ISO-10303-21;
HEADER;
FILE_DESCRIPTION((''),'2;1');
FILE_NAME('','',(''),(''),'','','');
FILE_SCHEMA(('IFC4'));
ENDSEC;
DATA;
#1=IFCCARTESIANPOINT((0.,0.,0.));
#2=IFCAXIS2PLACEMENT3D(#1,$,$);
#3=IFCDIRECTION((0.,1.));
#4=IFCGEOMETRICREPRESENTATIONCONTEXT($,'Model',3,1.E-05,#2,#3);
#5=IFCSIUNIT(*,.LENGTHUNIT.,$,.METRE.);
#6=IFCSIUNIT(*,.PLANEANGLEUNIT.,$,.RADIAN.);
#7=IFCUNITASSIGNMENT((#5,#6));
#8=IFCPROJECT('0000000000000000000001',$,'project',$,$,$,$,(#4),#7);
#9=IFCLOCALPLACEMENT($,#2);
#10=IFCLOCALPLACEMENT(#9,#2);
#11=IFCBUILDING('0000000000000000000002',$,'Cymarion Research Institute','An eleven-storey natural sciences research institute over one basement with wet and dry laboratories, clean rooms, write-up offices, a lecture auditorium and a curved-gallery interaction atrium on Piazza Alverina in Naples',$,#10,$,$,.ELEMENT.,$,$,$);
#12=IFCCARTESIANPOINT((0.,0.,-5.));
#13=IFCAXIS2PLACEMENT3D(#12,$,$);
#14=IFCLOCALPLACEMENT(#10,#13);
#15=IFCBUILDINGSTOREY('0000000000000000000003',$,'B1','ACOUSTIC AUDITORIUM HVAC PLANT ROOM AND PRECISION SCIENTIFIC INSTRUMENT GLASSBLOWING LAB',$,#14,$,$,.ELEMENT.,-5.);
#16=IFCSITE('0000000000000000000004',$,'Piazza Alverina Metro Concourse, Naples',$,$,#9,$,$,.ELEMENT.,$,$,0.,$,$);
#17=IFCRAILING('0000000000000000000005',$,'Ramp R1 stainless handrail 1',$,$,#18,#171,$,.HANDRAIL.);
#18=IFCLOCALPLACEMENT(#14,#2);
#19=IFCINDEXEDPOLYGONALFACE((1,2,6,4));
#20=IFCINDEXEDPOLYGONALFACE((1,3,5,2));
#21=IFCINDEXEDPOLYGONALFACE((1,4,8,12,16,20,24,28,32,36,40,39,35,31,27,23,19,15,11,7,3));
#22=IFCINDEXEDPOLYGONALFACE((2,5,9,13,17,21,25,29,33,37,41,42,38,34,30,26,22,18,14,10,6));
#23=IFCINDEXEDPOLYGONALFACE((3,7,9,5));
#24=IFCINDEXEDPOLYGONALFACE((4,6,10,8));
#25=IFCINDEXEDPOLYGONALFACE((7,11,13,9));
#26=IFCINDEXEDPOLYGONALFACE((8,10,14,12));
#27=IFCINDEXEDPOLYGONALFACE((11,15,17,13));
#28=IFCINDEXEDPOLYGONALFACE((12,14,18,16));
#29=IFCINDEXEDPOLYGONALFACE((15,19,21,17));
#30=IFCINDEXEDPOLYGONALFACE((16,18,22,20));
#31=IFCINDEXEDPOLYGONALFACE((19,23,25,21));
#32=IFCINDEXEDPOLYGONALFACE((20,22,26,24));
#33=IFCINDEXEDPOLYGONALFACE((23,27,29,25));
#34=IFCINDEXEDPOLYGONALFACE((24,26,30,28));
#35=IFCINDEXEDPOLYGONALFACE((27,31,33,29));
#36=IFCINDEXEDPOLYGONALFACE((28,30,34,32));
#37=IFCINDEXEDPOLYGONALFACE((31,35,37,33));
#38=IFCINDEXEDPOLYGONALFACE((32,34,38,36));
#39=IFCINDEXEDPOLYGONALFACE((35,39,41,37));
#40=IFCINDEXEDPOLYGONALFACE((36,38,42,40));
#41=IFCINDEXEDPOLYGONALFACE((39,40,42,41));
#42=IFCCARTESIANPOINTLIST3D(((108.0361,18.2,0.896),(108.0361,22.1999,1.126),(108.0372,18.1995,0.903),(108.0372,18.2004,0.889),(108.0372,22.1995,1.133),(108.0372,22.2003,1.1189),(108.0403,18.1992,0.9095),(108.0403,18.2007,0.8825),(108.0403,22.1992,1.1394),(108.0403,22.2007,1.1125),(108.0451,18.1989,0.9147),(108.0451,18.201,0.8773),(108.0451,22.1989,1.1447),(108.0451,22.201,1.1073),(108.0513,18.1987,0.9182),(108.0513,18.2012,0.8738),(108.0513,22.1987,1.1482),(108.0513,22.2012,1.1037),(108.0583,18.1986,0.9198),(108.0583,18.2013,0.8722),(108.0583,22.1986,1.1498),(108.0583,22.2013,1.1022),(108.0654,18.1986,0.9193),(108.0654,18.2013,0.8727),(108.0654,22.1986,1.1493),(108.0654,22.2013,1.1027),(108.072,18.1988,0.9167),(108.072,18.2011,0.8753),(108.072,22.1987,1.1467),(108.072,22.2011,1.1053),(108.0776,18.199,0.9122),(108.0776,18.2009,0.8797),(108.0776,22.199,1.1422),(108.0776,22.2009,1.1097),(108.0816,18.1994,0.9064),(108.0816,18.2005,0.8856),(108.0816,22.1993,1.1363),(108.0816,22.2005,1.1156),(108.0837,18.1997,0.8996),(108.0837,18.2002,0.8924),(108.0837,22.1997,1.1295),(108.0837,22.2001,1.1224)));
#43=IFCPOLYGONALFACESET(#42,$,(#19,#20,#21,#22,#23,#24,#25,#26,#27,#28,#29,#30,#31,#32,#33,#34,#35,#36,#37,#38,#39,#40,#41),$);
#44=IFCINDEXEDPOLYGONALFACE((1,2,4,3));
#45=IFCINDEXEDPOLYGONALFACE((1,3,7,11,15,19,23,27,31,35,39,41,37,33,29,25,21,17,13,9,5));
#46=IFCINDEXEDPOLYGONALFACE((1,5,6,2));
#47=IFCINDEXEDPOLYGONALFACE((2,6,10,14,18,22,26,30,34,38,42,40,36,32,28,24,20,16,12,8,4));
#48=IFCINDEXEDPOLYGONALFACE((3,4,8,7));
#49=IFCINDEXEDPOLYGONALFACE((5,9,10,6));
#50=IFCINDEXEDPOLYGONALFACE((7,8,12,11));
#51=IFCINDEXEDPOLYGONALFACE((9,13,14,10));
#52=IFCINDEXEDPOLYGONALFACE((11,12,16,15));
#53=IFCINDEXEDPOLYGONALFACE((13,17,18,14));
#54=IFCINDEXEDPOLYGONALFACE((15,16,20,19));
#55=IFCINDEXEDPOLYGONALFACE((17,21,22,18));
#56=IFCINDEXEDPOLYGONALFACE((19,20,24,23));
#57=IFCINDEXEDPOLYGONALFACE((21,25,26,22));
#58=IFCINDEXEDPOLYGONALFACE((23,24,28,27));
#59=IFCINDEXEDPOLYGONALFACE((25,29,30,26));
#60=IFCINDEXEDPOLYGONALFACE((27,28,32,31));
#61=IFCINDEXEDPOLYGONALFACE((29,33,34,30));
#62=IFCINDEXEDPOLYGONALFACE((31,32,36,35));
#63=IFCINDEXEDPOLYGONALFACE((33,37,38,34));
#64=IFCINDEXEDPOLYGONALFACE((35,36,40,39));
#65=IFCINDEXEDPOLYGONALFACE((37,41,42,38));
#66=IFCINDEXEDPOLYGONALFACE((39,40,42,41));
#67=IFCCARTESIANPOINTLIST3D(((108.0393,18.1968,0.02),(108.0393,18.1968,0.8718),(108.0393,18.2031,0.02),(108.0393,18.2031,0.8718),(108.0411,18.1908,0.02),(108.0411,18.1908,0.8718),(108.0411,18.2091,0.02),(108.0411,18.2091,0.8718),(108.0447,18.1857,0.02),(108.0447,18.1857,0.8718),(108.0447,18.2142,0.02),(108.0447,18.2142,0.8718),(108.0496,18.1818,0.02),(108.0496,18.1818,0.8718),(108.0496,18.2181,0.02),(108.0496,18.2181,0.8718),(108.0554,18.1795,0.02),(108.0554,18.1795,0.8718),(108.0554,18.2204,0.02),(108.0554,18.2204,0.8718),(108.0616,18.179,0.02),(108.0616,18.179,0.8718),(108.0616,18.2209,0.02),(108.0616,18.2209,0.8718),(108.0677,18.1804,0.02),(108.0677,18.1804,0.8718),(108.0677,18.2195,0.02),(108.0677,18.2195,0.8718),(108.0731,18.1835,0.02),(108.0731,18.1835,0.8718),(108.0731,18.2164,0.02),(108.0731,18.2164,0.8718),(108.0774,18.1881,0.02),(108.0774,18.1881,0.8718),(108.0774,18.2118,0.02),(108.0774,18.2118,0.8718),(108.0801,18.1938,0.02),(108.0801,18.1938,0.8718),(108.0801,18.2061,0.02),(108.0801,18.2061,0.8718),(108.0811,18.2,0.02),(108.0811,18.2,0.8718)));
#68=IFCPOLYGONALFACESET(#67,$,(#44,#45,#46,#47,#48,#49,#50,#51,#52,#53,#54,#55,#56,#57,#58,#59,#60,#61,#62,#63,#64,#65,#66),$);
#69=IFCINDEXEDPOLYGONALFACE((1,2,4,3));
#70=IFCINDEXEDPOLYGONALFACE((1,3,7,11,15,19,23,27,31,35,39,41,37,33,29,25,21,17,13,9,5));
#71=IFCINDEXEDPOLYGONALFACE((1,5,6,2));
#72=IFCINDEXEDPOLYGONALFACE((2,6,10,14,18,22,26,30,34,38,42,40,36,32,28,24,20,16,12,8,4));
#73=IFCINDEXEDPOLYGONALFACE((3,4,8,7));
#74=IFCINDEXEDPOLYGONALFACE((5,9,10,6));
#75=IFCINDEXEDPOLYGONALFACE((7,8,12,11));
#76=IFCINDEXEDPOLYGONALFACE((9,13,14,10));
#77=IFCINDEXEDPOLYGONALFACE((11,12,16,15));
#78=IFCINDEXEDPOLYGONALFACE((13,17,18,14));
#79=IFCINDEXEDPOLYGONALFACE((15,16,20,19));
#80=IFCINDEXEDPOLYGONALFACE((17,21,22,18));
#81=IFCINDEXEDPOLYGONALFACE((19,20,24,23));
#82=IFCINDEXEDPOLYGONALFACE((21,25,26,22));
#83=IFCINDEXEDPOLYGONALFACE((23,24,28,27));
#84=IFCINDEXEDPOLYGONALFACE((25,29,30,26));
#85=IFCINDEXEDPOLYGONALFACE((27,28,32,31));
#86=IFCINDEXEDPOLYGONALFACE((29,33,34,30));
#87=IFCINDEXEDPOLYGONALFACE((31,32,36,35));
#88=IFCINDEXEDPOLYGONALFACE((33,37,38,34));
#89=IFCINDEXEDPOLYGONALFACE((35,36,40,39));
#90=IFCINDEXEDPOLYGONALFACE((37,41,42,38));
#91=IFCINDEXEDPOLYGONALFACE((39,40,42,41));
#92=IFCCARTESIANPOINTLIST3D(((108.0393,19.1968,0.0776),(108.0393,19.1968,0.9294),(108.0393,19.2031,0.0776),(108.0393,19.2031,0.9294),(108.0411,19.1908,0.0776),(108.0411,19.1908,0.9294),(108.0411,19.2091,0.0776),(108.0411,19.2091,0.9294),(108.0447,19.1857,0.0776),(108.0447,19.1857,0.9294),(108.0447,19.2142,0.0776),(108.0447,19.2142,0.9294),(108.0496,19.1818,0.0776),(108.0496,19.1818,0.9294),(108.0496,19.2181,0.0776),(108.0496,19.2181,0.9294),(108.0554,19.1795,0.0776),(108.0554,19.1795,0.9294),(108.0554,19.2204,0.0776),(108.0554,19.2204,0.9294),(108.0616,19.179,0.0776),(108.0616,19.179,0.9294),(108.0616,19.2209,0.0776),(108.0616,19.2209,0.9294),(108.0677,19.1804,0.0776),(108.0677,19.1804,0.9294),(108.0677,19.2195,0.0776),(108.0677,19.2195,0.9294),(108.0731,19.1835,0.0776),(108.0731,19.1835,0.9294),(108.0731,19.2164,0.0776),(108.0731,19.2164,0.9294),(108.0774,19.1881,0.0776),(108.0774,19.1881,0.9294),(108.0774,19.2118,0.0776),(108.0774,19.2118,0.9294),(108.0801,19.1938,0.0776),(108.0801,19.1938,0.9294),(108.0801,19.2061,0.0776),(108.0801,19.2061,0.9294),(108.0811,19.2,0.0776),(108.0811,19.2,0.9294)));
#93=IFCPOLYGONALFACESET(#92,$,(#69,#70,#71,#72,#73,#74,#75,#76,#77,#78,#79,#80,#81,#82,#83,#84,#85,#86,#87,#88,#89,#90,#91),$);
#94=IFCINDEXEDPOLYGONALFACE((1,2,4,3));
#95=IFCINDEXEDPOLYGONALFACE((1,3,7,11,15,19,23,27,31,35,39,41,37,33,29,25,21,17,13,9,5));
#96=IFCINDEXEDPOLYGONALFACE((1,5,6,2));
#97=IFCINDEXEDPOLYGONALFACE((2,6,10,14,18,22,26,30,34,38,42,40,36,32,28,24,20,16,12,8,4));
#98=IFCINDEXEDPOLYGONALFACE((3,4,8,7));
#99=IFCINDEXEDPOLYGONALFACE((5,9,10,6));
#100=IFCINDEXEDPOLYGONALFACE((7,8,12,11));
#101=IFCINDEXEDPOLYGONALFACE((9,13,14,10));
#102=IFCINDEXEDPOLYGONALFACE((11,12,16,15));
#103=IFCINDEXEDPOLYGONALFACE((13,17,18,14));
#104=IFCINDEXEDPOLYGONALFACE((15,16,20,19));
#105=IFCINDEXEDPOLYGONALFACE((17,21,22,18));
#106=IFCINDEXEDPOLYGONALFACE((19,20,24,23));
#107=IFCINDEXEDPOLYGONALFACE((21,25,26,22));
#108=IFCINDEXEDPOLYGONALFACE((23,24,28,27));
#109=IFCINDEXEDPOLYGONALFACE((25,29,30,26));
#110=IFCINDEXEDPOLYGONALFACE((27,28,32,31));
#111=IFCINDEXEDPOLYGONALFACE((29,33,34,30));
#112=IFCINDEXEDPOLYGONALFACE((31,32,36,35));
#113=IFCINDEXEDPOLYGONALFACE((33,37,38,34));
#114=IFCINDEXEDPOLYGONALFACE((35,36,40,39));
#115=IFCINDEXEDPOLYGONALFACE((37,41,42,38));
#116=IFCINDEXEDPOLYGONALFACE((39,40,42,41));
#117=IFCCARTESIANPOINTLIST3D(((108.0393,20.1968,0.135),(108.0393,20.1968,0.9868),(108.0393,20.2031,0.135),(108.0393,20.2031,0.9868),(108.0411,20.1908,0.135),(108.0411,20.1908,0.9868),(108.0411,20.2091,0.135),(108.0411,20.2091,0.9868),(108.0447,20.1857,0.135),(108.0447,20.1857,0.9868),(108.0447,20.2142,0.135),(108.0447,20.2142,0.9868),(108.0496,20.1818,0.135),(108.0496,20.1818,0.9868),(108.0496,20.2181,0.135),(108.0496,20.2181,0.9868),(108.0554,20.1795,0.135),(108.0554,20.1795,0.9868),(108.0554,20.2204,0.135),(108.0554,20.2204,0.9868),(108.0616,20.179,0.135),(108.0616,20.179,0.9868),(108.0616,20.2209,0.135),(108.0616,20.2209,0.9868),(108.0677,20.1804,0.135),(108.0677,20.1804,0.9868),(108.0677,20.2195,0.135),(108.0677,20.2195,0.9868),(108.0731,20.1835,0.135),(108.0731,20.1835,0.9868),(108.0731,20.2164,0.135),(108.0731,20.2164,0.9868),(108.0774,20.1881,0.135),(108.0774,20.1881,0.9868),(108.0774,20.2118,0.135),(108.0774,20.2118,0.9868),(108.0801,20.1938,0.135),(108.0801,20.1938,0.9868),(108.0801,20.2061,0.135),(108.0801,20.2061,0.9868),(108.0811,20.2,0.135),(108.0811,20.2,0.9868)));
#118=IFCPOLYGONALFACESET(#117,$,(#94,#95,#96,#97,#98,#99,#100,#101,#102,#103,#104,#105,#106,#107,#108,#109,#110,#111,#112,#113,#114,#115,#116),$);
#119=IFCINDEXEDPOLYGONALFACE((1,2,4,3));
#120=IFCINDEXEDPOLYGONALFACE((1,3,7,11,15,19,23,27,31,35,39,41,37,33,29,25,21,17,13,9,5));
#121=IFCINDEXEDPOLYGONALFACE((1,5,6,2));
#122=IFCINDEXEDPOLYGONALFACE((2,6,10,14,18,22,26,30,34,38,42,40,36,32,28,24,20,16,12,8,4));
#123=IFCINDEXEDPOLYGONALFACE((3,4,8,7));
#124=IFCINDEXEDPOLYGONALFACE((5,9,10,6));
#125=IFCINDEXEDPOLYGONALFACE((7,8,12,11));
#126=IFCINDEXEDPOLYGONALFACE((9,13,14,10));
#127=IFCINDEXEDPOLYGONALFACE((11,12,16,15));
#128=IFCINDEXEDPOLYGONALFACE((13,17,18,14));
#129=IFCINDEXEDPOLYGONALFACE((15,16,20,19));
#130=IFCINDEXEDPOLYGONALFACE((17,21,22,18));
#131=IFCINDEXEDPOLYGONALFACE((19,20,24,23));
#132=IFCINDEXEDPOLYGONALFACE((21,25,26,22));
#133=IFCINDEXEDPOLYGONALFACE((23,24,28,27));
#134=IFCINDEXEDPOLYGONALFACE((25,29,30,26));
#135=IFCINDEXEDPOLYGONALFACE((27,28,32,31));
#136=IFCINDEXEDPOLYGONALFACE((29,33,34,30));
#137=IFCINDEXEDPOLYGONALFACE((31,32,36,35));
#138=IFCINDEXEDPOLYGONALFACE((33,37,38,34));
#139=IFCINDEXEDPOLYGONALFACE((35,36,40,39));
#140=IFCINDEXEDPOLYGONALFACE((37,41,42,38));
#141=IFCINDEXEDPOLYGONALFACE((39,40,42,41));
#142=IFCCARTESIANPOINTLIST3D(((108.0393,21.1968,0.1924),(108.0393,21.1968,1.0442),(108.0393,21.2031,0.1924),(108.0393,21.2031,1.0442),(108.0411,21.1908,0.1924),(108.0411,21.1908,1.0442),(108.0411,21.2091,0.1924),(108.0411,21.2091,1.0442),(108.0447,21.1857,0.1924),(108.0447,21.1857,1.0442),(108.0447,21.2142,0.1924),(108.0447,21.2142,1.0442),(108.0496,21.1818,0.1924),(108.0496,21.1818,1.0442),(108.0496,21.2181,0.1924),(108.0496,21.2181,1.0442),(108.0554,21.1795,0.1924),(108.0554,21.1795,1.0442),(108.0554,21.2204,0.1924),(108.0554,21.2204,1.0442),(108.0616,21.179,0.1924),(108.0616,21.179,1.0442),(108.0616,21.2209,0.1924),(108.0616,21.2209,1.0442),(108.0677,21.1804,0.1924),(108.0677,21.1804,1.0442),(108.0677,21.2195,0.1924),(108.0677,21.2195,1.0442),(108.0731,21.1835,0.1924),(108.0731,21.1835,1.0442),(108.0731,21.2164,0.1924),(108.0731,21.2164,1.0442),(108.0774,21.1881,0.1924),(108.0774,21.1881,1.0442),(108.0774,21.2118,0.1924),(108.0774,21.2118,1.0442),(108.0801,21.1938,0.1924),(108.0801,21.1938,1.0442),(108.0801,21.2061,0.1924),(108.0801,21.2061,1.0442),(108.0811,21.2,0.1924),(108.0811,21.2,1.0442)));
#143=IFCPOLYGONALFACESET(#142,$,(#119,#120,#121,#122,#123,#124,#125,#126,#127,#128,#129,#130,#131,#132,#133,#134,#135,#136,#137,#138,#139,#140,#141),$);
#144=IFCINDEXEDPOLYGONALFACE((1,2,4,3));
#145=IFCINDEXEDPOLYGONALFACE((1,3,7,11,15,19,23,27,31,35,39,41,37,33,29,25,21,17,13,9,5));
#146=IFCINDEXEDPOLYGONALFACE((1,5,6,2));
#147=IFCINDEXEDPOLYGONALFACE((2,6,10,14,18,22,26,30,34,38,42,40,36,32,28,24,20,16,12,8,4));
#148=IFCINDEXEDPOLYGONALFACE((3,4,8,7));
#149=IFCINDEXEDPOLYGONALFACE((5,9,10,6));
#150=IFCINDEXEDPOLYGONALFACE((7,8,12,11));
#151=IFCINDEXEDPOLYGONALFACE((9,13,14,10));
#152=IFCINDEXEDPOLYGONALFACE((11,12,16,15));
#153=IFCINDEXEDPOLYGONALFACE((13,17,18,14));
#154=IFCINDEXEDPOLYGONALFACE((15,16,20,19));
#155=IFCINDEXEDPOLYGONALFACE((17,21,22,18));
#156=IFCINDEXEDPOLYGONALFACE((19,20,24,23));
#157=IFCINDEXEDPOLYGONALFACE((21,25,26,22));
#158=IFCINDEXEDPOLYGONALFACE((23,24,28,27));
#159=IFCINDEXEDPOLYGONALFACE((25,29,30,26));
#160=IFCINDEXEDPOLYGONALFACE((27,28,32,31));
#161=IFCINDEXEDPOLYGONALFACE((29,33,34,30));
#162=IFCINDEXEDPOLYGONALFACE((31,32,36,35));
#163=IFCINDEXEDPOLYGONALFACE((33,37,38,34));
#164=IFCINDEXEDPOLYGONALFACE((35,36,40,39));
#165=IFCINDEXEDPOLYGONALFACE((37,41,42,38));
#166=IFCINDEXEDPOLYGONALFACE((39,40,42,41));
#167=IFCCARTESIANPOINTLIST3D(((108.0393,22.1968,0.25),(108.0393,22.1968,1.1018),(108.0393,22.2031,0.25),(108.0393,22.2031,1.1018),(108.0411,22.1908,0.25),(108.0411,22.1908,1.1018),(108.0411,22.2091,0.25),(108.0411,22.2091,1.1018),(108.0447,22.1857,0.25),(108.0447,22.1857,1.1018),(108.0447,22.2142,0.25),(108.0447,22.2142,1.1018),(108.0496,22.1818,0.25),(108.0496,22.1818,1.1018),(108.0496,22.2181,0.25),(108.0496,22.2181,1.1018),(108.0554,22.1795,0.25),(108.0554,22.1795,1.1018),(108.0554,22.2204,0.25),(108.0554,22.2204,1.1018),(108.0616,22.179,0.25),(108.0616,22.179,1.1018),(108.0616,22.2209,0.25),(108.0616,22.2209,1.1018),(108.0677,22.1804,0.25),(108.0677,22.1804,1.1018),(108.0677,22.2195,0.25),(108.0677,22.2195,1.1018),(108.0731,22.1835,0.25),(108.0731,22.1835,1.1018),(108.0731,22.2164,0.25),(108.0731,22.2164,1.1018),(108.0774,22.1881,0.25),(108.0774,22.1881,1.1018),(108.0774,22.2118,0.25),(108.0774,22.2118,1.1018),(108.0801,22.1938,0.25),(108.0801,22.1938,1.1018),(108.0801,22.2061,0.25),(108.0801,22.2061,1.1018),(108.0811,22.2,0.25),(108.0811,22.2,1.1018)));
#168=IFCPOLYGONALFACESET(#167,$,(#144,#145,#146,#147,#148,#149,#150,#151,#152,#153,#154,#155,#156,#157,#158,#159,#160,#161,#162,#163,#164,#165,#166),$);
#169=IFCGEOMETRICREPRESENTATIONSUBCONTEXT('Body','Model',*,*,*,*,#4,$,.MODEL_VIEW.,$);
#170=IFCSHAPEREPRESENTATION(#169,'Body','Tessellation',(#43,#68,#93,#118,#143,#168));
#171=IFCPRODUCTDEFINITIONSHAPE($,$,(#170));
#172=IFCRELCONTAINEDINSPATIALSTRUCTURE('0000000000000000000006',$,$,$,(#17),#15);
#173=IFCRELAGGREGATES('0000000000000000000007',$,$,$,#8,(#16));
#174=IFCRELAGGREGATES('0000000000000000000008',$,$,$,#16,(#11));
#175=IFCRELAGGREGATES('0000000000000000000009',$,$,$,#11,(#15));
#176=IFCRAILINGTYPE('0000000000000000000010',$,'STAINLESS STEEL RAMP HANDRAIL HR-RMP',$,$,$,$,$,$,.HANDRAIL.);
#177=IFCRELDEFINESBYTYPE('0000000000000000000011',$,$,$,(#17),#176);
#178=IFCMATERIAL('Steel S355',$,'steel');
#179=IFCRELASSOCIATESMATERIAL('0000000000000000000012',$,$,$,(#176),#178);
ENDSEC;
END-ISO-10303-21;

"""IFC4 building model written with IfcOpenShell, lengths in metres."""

from ifc_helpers import new_model, si_unit, direction, frame, origin, origin_2d, place, context, subcontext, project, spatial, circle, extrude, material, type_object, element, save


model = new_model("IFC4")

# Units and contexts
model_context = context("Model", 3, precision=1e-05, world=origin(), true_north=direction((0.0, 1.0)))
body_context = subcontext(model_context, "Body", "Model", "MODEL_VIEW")
ifc_project = project(units=[si_unit("LENGTHUNIT", "METRE"), si_unit("PLANEANGLEUNIT", "RADIAN")], contexts=[model_context])

# Site, building, storey
site_placement = place(None, origin())
site = spatial("IfcSite", under=ifc_project, at=site_placement, Name="Piazza Alverina Metro Concourse, Naples", CompositionType="ELEMENT", RefElevation=0.0)
building_placement = place(site_placement, origin())
building = spatial("IfcBuilding", under=site, at=building_placement, Name="Cymarion Research Institute", Description="An eleven-storey natural sciences research institute over one basement with wet and dry laboratories, clean rooms, write-up offices, a lecture auditorium and a curved-gallery interaction atrium on Piazza Alverina in Naples", CompositionType="ELEMENT")
storey_placement = place(building_placement, frame((0.0, 0.0, -5.0)))
storey = spatial("IfcBuildingStorey", under=building, at=storey_placement, Name="B1", Description="ACOUSTIC AUDITORIUM HVAC PLANT ROOM AND PRECISION SCIENTIFIC INSTRUMENT GLASSBLOWING LAB", CompositionType="ELEMENT", Elevation=-5.0)

# Shared definitions
ifc_material_1 = material(Name="Steel S355", Category="steel")

# Railing
railing_type = type_object("IfcRailingType", Name="STAINLESS STEEL RAMP HANDRAIL HR-RMP", PredefinedType="HANDRAIL", material=ifc_material_1)
for number, where, name in (
    (1, (108.0601, 18.2, 0.02), "Ramp R1 stainless handrail 1"),
):
    element("IfcRailing", number, at=place(storey_placement, frame(where)), inside=storey, type_object=railing_type, Name=name, PredefinedType="HANDRAIL", context=body_context, shape_type="SweptSolid", body=[
        extrude(circle(Radius=0.0239, at=origin_2d()), frame((0.0, 0.0, 0.876), z_axis=(0.0, 0.998351, 0.0574), x_axis=(-1.0, 0.0, 0.0)), (0.0, 0.0, 1.0), 4.0066),
        extrude(circle(Radius=0.021, at=origin_2d()), origin(), (0.0, 0.0, 1.0), 0.8518),
        extrude(circle(Radius=0.021, at=origin_2d()), frame((0.0, 1.0, 0.0576)), (0.0, 0.0, 1.0), 0.8518),
        extrude(circle(Radius=0.021, at=origin_2d()), frame((0.0, 2.0, 0.115)), (0.0, 0.0, 1.0), 0.8518),
        extrude(circle(Radius=0.021, at=origin_2d()), frame((0.0, 3.0, 0.1724)), (0.0, 0.0, 1.0), 0.8518),
        extrude(circle(Radius=0.021, at=origin_2d()), frame((0.0, 4.0, 0.23)), (0.0, 0.0, 1.0), 0.8518),
    ])

save(model, "model.ifc")
